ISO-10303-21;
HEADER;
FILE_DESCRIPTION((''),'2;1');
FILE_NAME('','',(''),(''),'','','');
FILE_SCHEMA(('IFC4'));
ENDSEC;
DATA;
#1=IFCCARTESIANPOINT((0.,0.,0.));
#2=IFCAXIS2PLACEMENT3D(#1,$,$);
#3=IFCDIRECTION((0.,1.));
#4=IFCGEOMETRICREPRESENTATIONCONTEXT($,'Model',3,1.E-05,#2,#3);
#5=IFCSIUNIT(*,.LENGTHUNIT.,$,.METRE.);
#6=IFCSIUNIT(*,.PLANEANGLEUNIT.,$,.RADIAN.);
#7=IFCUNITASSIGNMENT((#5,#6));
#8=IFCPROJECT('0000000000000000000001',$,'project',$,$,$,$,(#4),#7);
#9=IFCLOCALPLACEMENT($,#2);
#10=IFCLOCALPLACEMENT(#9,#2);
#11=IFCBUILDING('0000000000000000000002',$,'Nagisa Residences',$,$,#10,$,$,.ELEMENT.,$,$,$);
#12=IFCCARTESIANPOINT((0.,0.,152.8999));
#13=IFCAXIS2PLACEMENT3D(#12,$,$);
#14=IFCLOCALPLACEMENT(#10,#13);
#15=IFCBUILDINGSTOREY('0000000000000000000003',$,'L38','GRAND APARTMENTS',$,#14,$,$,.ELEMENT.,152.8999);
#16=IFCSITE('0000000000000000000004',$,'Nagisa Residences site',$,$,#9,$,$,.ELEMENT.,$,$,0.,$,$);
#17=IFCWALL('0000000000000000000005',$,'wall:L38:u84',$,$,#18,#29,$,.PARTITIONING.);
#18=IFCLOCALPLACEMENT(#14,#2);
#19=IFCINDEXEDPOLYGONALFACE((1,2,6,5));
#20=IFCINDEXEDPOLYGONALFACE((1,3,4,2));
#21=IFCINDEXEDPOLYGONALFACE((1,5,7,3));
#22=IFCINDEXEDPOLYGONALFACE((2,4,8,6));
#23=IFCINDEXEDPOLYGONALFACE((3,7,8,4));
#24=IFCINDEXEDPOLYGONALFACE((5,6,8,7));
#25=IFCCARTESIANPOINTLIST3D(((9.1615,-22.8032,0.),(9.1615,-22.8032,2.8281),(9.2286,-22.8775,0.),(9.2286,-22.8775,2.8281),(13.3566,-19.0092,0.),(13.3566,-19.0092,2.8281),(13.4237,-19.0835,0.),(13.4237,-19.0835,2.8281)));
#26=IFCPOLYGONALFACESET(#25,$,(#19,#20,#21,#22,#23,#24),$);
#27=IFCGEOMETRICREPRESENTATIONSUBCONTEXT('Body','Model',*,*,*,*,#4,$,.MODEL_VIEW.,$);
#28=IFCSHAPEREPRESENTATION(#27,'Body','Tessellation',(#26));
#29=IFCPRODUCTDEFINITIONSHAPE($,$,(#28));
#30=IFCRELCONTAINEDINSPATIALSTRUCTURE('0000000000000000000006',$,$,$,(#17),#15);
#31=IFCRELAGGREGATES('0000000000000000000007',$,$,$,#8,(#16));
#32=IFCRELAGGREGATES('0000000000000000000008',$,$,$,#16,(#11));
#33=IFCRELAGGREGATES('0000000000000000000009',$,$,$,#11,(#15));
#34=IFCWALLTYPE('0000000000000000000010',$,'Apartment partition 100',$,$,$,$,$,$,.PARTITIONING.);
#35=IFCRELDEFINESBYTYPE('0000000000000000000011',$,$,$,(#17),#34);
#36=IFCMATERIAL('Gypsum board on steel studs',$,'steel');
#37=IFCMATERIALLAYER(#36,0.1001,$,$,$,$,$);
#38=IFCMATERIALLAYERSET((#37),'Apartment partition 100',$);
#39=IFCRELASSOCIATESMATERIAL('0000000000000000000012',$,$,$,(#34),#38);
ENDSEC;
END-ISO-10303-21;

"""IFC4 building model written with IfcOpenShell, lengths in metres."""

from ifc_helpers import new_model, si_unit, direction, frame, frame_2d, origin, place, context, subcontext, project, spatial, rectangle, extrude, material, layer, layer_set, type_object, element, save


model = new_model("IFC4")

# Units and contexts
model_context = context("Model", 3, precision=1e-05, world=origin(), true_north=direction((0.0, 1.0)))
body_context = subcontext(model_context, "Body", "Model", "MODEL_VIEW")
ifc_project = project(units=[si_unit("LENGTHUNIT", "METRE"), si_unit("PLANEANGLEUNIT", "RADIAN")], contexts=[model_context])

# Site, building, storey
site_placement = place(None, origin())
site = spatial("IfcSite", under=ifc_project, at=site_placement, Name="Nagisa Residences site", CompositionType="ELEMENT", RefElevation=0.0)
building_placement = place(site_placement, origin())
building = spatial("IfcBuilding", under=site, at=building_placement, Name="Nagisa Residences", CompositionType="ELEMENT")
storey_placement = place(building_placement, frame((0.0, 0.0, 152.8999)))
storey = spatial("IfcBuildingStorey", under=building, at=storey_placement, Name="L38", Description="GRAND APARTMENTS", CompositionType="ELEMENT", Elevation=152.8999)

# Shared definitions
ifc_material_1 = material(Name="Gypsum board on steel studs", Category="steel")
ifc_layer_1 = layer(ifc_material_1, 0.1001)
ifc_layer_set_1 = layer_set([ifc_layer_1], Name="Apartment partition 100")
wall_type_1 = type_object("IfcWallType", Name="Apartment partition 100", PredefinedType="PARTITIONING", material=ifc_layer_set_1)

# Wall
wall_1_placement = place(storey_placement, frame((9.1951, -22.8403, 0.0), z_axis=(0.0, 0.0, 1.0), x_axis=(0.741676, 0.670758, 0.0)))
element("IfcWall", 1, at=wall_1_placement, inside=storey, type_object=wall_type_1, Name="wall:L38:u84", PredefinedType="PARTITIONING", context=body_context, shape_type="SweptSolid", body=[
    extrude(rectangle(XDim=5.6562, YDim=0.1001, at=frame_2d((2.8281, 0.0))), origin(), (0.0, 0.0, 1.0), 2.8281),
])

save(model, "model.ifc")
